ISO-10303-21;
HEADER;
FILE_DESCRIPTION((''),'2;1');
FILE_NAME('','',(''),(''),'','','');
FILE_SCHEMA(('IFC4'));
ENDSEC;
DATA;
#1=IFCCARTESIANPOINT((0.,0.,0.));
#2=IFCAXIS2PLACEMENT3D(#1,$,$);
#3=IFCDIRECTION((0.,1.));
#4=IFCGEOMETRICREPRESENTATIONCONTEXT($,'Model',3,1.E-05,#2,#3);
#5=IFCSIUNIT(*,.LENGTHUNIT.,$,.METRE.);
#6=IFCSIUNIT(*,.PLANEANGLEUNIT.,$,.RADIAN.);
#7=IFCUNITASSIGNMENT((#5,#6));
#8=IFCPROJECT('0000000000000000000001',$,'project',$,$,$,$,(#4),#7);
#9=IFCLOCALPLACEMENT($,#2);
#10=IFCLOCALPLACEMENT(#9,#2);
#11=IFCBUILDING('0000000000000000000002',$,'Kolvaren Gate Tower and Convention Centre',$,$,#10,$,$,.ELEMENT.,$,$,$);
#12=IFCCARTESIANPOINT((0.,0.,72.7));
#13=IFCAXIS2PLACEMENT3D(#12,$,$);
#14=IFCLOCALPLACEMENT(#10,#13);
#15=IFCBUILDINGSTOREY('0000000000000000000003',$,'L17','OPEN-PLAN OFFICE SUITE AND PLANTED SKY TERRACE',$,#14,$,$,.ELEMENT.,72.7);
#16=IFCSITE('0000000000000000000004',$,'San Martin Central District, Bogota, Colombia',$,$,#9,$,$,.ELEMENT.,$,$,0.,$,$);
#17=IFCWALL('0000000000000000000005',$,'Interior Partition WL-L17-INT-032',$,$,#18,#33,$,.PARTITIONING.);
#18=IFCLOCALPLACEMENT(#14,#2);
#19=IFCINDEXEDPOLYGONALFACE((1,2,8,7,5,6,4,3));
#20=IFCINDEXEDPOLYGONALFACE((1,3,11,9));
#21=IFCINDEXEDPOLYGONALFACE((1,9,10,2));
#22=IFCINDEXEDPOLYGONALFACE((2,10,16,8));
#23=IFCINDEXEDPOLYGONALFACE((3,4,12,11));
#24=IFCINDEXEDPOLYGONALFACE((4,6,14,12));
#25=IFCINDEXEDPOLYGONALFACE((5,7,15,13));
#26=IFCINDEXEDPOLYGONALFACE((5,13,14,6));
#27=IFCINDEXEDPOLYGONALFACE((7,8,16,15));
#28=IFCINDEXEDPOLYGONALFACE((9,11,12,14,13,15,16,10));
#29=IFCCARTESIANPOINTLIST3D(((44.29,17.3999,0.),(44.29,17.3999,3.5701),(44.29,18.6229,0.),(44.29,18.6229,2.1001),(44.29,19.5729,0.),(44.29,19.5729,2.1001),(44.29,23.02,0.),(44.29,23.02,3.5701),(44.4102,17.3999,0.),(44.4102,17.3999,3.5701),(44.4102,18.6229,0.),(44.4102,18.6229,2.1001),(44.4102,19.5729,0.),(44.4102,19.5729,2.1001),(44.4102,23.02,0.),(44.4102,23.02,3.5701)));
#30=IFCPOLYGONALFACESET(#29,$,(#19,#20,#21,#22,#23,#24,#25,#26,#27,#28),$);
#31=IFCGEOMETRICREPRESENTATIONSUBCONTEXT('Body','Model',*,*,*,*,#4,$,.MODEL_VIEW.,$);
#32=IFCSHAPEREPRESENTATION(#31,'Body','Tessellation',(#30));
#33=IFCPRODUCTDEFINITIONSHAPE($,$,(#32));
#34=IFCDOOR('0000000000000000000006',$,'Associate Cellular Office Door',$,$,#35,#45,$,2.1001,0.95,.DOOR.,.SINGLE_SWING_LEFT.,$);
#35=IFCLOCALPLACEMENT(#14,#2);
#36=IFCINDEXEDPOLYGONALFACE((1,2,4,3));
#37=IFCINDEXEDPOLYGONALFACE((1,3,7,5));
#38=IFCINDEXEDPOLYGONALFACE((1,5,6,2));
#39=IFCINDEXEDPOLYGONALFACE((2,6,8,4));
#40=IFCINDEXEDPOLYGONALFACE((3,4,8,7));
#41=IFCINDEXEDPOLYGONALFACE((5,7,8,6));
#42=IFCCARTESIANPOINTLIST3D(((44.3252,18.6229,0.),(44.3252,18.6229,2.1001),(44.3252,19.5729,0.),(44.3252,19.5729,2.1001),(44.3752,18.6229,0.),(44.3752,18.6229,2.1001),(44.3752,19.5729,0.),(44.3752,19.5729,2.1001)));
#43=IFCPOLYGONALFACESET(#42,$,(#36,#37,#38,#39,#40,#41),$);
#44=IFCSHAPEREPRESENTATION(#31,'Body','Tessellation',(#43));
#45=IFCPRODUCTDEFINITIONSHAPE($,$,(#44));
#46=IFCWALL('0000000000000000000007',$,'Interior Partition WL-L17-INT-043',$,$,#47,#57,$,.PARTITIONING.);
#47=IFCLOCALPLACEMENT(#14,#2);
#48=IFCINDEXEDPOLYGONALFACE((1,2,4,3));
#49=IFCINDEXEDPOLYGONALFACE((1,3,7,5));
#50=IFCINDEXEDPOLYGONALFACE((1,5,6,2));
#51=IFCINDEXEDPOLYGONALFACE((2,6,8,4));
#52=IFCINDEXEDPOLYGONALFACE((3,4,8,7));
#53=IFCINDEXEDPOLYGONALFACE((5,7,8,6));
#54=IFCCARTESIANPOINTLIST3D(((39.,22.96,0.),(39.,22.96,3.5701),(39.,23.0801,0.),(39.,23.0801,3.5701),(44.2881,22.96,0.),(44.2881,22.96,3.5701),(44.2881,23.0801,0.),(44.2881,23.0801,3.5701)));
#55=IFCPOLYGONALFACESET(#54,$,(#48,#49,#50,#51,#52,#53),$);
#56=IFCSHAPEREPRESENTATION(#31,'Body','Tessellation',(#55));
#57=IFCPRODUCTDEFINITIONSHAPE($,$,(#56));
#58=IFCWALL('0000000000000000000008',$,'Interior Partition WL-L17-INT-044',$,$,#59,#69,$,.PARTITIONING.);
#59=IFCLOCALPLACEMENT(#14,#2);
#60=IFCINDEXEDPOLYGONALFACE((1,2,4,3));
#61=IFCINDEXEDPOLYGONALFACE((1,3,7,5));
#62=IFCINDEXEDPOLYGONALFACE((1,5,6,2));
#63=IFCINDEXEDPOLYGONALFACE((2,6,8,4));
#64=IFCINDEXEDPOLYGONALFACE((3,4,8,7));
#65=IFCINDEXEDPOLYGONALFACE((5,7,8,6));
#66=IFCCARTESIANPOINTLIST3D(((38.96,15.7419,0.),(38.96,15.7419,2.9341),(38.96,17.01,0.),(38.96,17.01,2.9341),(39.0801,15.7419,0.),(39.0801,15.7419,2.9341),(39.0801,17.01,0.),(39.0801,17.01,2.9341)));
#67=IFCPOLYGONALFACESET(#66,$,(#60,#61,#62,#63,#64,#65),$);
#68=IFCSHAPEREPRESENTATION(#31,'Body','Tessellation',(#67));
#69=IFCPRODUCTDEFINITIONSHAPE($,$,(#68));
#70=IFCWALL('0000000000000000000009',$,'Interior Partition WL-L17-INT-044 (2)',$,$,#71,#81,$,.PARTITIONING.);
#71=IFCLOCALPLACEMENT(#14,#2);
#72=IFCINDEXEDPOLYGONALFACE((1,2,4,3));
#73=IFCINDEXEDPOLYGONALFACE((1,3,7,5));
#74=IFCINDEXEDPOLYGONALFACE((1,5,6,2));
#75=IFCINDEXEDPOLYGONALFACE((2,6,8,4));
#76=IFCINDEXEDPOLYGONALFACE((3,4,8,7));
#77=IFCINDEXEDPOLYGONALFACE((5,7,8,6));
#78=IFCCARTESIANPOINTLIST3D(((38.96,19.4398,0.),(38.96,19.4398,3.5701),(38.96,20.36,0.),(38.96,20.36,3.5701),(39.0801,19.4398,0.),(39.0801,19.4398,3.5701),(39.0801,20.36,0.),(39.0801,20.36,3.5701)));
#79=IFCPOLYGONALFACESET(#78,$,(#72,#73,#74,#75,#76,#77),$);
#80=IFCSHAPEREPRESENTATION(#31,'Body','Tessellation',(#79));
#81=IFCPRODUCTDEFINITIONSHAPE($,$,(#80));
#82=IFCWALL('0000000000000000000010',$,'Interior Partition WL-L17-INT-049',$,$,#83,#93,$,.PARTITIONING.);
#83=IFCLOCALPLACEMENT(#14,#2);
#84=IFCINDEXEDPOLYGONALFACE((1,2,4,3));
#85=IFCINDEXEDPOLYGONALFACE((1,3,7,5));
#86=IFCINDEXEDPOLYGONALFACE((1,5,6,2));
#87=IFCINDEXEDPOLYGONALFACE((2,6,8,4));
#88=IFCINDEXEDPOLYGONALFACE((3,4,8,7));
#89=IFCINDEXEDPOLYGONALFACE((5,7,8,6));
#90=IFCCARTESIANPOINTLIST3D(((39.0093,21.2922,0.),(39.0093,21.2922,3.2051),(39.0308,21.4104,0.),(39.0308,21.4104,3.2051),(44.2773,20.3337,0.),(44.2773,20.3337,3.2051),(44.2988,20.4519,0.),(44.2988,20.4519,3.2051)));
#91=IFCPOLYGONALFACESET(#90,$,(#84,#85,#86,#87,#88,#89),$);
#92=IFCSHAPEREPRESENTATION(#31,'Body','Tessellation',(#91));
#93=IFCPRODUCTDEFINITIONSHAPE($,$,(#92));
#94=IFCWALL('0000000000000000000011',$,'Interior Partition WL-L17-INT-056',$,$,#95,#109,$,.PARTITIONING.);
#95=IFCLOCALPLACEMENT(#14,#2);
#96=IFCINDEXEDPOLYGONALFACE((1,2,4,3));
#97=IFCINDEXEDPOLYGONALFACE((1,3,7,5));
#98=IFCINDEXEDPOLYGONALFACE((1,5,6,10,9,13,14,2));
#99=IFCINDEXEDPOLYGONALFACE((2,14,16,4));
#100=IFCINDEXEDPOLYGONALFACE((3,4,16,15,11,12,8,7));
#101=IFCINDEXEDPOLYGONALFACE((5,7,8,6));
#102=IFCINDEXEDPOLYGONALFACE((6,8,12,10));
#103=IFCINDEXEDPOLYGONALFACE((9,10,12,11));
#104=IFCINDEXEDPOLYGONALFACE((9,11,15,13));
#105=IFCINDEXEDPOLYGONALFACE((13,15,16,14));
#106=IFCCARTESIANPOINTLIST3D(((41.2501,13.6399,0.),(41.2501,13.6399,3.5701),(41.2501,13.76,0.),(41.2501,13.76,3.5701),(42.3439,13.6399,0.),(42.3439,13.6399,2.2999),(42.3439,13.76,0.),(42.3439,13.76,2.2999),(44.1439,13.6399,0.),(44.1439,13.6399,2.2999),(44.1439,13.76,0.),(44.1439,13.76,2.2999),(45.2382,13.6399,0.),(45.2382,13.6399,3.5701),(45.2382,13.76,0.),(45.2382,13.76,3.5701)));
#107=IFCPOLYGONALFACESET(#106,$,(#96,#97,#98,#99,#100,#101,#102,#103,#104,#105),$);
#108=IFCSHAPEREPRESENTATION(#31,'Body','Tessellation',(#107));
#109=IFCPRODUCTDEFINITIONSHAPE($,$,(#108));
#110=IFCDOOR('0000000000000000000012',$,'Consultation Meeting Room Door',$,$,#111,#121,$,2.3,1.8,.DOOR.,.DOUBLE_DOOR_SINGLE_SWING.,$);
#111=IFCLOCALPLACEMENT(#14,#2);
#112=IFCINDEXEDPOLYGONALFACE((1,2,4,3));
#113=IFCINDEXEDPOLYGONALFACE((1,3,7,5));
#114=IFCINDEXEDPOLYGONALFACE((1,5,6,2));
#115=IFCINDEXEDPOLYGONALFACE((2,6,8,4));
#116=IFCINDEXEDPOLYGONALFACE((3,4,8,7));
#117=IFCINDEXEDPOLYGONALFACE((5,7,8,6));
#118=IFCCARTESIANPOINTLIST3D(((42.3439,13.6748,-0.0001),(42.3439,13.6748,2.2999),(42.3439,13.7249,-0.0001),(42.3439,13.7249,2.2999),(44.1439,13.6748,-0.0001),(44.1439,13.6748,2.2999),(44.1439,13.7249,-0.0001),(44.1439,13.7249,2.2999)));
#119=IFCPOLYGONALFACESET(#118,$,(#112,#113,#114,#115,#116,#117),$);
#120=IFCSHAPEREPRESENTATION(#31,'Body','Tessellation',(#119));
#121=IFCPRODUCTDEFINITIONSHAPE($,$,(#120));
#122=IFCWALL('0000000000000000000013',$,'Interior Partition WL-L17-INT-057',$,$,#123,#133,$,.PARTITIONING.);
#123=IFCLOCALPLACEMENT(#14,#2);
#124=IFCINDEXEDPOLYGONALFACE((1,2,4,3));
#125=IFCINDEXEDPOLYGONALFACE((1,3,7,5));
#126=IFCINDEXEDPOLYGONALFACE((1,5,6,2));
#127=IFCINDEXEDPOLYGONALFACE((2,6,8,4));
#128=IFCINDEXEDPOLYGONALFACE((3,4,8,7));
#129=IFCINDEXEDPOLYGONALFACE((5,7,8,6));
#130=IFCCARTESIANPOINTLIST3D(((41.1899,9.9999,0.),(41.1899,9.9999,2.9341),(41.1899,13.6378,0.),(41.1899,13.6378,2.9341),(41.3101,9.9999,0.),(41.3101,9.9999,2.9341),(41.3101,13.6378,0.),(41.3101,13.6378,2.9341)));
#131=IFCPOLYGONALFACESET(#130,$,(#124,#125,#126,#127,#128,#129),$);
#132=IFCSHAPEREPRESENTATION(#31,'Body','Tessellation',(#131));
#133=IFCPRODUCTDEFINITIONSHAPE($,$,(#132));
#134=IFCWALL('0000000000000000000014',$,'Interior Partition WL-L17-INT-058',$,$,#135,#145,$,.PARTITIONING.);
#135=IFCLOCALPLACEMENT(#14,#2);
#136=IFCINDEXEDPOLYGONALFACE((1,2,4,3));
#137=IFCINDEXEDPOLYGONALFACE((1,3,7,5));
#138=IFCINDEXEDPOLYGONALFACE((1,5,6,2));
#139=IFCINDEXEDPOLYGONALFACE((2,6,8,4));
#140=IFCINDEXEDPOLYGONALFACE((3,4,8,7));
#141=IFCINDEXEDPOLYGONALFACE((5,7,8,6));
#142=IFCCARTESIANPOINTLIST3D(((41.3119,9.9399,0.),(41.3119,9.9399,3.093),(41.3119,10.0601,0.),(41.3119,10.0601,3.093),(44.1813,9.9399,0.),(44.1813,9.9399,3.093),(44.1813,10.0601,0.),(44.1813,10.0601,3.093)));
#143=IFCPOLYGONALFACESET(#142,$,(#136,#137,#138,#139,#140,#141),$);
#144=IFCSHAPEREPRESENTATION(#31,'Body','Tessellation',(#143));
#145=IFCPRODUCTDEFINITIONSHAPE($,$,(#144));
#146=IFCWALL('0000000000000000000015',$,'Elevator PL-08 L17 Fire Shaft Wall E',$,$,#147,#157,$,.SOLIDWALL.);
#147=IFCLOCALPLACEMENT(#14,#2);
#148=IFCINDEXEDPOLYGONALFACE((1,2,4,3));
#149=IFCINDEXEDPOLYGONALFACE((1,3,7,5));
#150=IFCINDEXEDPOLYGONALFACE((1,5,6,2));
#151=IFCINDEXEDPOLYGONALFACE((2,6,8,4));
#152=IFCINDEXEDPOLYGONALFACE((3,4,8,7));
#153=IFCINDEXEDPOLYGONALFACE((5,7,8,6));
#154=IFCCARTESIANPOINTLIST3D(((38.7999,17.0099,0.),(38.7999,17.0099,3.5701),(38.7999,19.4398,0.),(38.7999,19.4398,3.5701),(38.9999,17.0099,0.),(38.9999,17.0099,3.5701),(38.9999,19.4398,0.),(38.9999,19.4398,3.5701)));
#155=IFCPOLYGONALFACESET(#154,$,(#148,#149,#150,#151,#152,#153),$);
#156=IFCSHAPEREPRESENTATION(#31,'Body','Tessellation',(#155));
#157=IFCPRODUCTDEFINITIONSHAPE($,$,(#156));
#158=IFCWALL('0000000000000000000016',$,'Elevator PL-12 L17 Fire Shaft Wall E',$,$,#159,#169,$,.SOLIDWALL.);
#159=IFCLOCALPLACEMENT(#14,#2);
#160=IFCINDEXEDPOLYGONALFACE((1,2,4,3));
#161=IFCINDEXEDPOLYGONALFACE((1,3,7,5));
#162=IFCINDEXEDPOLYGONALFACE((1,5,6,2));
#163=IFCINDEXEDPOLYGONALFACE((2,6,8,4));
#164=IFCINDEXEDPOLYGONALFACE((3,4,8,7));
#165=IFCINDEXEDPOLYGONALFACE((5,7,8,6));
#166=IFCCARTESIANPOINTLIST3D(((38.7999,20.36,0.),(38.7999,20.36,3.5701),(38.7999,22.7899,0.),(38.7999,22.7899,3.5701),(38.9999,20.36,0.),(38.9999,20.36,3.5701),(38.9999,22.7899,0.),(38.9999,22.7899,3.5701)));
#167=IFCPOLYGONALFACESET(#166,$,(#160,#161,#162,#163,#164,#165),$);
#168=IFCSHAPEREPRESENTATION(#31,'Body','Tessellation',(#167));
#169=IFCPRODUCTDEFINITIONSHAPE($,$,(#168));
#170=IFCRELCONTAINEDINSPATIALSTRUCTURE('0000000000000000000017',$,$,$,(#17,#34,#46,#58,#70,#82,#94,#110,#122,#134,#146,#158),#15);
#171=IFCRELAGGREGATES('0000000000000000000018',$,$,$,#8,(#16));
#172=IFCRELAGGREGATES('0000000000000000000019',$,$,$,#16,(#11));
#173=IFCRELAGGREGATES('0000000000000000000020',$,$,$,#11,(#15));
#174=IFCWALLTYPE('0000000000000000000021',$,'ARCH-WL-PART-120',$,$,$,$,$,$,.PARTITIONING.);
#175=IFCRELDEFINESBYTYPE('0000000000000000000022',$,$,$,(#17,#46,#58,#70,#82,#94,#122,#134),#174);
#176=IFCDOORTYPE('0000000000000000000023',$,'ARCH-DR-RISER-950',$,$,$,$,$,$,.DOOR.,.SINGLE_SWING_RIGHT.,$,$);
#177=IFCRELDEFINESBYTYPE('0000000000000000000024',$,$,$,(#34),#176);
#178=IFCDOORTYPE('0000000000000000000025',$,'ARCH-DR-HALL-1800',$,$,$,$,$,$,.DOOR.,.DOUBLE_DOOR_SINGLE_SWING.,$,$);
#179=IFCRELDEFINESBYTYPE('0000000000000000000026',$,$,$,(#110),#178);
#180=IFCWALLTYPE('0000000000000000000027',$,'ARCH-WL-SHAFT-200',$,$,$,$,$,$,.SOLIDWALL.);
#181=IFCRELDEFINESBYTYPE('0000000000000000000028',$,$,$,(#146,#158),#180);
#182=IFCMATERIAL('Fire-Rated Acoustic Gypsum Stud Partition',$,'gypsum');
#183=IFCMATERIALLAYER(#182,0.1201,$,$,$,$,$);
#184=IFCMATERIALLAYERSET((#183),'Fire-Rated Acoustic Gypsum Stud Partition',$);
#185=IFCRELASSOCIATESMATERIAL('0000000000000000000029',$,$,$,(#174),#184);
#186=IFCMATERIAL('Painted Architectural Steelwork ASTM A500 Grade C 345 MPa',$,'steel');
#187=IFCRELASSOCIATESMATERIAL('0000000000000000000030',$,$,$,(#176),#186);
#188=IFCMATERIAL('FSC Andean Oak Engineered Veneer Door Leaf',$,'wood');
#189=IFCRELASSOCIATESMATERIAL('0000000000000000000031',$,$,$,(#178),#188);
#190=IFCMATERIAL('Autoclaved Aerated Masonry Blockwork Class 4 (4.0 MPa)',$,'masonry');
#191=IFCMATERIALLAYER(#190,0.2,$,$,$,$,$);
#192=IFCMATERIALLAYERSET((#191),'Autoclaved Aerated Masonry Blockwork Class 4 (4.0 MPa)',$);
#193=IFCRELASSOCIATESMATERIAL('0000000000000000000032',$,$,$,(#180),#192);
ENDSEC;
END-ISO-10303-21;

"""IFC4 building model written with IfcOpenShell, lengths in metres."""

from ifc_helpers import new_model, si_unit, direction, frame, frame_2d, origin, place, context, subcontext, project, spatial, rectangle, extrude, material, layer, layer_set, type_object, element, fill, save


model = new_model("IFC4")

# Units and contexts
model_context = context("Model", 3, precision=1e-05, world=origin(), true_north=direction((0.0, 1.0)))
body_context = subcontext(model_context, "Body", "Model", "MODEL_VIEW")
ifc_project = project(units=[si_unit("LENGTHUNIT", "METRE"), si_unit("PLANEANGLEUNIT", "RADIAN")], contexts=[model_context])

# Site, building, storey
site_placement = place(None, origin())
site = spatial("IfcSite", under=ifc_project, at=site_placement, Name="San Martin Central District, Bogota, Colombia", CompositionType="ELEMENT", RefElevation=0.0)
building_placement = place(site_placement, origin())
building = spatial("IfcBuilding", under=site, at=building_placement, Name="Kolvaren Gate Tower and Convention Centre", CompositionType="ELEMENT")
storey_placement = place(building_placement, frame((0.0, 0.0, 72.7)))
storey = spatial("IfcBuildingStorey", under=building, at=storey_placement, Name="L17", Description="OPEN-PLAN OFFICE SUITE AND PLANTED SKY TERRACE", CompositionType="ELEMENT", Elevation=72.7)

# Wall, opening, door
ifc_material_1 = material(Name="Fire-Rated Acoustic Gypsum Stud Partition", Category="gypsum")
ifc_layer_1 = layer(ifc_material_1, 0.1201)
ifc_layer_set_1 = layer_set([ifc_layer_1], Name="Fire-Rated Acoustic Gypsum Stud Partition")
wall_type_1 = type_object("IfcWallType", Name="ARCH-WL-PART-120", PredefinedType="PARTITIONING", material=ifc_layer_set_1)
wall_1_placement = place(storey_placement, frame((44.3501, 17.3999, 0.0), z_axis=(0.0, 0.0, 1.0), x_axis=(0.0, 1.0, 0.0)))
wall_1 = element("IfcWall", 1, at=wall_1_placement, inside=storey, type_object=wall_type_1, Name="Interior Partition WL-L17-INT-032", PredefinedType="PARTITIONING", context=body_context, shape_type="SweptSolid", body=[
    extrude(rectangle(XDim=5.6201, YDim=0.1201, at=frame_2d((2.8101, 0.0))), origin(), (0.0, 0.0, 1.0), 3.5701),
])
opening_1_placement = place(wall_1_placement, frame((1.2229, 0.0, 0.0)))
opening_1 = element("IfcOpeningElement", 2, at=opening_1_placement, cuts=wall_1, PredefinedType="OPENING", context=body_context, shape_type="SweptSolid", body=[
    extrude(rectangle(XDim=0.95, YDim=2.1001, at=frame_2d((0.4751, 1.05))), frame((0.0, 0.0701, 0.0), z_axis=(0.0, -1.0, 0.0), x_axis=(1.0, 0.0, 0.0)), (0.0, 0.0, 1.0), 0.1401),
])
ifc_material_2 = material(Name="Painted Architectural Steelwork ASTM A500 Grade C 345 MPa", Category="steel")
door_type_1 = type_object("IfcDoorType", Name="ARCH-DR-RISER-950", OperationType="SINGLE_SWING_RIGHT", PredefinedType="DOOR", material=ifc_material_2)
door_1_placement = place(opening_1_placement, origin())
door_1 = element("IfcDoor", 3, at=door_1_placement, inside=storey, type_object=door_type_1, Name="Associate Cellular Office Door", OperationType="SINGLE_SWING_LEFT", OverallHeight=2.1001, OverallWidth=0.95, PredefinedType="DOOR", context=body_context, shape_type="SweptSolid", body=[
    extrude(rectangle(XDim=0.95, YDim=2.1001, at=frame_2d((0.4751, 1.05))), frame((0.0, 0.0249, 0.0), z_axis=(0.0, -1.0, 0.0), x_axis=(1.0, 0.0, 0.0)), (0.0, 0.0, 1.0), 0.05),
])
fill(opening_1, door_1)

# Walls
wall_2_placement = place(storey_placement, frame((39.0, 23.02, 0.0), z_axis=(0.0, 0.0, 1.0), x_axis=(1.0, 0.0, 0.0)))
element("IfcWall", 4, at=wall_2_placement, inside=storey, type_object=wall_type_1, Name="Interior Partition WL-L17-INT-043", PredefinedType="PARTITIONING", context=body_context, shape_type="SweptSolid", body=[
    extrude(rectangle(XDim=5.2881, YDim=0.1201, at=frame_2d((2.644, 0.0))), origin(), (0.0, 0.0, 1.0), 3.5701),
])
wall_3_placement = place(storey_placement, frame((39.02, 15.7419, 0.0), z_axis=(0.0, 0.0, 1.0), x_axis=(0.0, 1.0, 0.0)))
element("IfcWall", 5, at=wall_3_placement, inside=storey, type_object=wall_type_1, Name="Interior Partition WL-L17-INT-044", PredefinedType="PARTITIONING", context=body_context, shape_type="SweptSolid", body=[
    extrude(rectangle(XDim=1.2681, YDim=0.1201, at=frame_2d((0.634, 0.0))), origin(), (0.0, 0.0, 1.0), 2.9341),
])
wall_4_placement = place(storey_placement, frame((39.02, 19.4399, 0.0), z_axis=(0.0, 0.0, 1.0), x_axis=(0.0, 1.0, 0.0)))
element("IfcWall", 6, at=wall_4_placement, inside=storey, type_object=wall_type_1, Name="Interior Partition WL-L17-INT-044 (2)", PredefinedType="PARTITIONING", context=body_context, shape_type="SweptSolid", body=[
    extrude(rectangle(XDim=0.9202, YDim=0.1201, at=frame_2d((0.46, 0.0))), origin(), (0.0, 0.0, 1.0), 3.5701),
])
wall_5_placement = place(storey_placement, frame((39.02, 21.3513, 0.0), z_axis=(0.0, 0.0, 1.0), x_axis=(0.983848, -0.179006, 0.0)))
element("IfcWall", 7, at=wall_5_placement, inside=storey, type_object=wall_type_1, Name="Interior Partition WL-L17-INT-049", PredefinedType="PARTITIONING", context=body_context, shape_type="SweptSolid", body=[
    extrude(rectangle(XDim=5.3545, YDim=0.1201, at=frame_2d((2.6772, 0.0))), origin(), (0.0, 0.0, 1.0), 3.2051),
])

# Wall, opening, door
wall_6_placement = place(storey_placement, frame((41.25, 13.7, 0.0), z_axis=(0.0, 0.0, 1.0), x_axis=(1.0, 0.0, 0.0)))
wall_6 = element("IfcWall", 8, at=wall_6_placement, inside=storey, type_object=wall_type_1, Name="Interior Partition WL-L17-INT-056", PredefinedType="PARTITIONING", context=body_context, shape_type="SweptSolid", body=[
    extrude(rectangle(XDim=3.988, YDim=0.1201, at=frame_2d((1.9941, 0.0))), origin(), (0.0, 0.0, 1.0), 3.5701),
])
opening_2_placement = place(wall_6_placement, frame((1.094, 0.0, 0.0)))
opening_2 = element("IfcOpeningElement", 9, at=opening_2_placement, cuts=wall_6, PredefinedType="OPENING", context=body_context, shape_type="SweptSolid", body=[
    extrude(rectangle(XDim=1.8, YDim=2.3, at=frame_2d((0.8999, 1.1499))), frame((0.0, 0.0701, 0.0), z_axis=(0.0, -1.0, 0.0), x_axis=(1.0, 0.0, 0.0)), (0.0, 0.0, 1.0), 0.1401),
])
ifc_material_3 = material(Name="FSC Andean Oak Engineered Veneer Door Leaf", Category="wood")
door_type_2 = type_object("IfcDoorType", Name="ARCH-DR-HALL-1800", OperationType="DOUBLE_DOOR_SINGLE_SWING", PredefinedType="DOOR", material=ifc_material_3)
door_2_placement = place(opening_2_placement, origin())
door_2 = element("IfcDoor", 10, at=door_2_placement, inside=storey, type_object=door_type_2, Name="Consultation Meeting Room Door", OperationType="DOUBLE_DOOR_SINGLE_SWING", OverallHeight=2.3, OverallWidth=1.8, PredefinedType="DOOR", context=body_context, shape_type="SweptSolid", body=[
    extrude(rectangle(XDim=1.8, YDim=2.3, at=frame_2d((0.8999, 1.1499))), frame((0.0, 0.0249, 0.0), z_axis=(0.0, -1.0, 0.0), x_axis=(1.0, 0.0, 0.0)), (0.0, 0.0, 1.0), 0.05),
])
fill(opening_2, door_2)

# Walls
wall_7_placement = place(storey_placement, frame((41.25, 10.0, 0.0), z_axis=(0.0, 0.0, 1.0), x_axis=(0.0, 1.0, 0.0)))
element("IfcWall", 11, at=wall_7_placement, inside=storey, type_object=wall_type_1, Name="Interior Partition WL-L17-INT-057", PredefinedType="PARTITIONING", context=body_context, shape_type="SweptSolid", body=[
    extrude(rectangle(XDim=3.6379, YDim=0.1201, at=frame_2d((1.8188, 0.0))), origin(), (0.0, 0.0, 1.0), 2.9341),
])
wall_8_placement = place(storey_placement, frame((41.312, 10.0, 0.0), z_axis=(0.0, 0.0, 1.0), x_axis=(1.0, 0.0, 0.0)))
element("IfcWall", 12, at=wall_8_placement, inside=storey, type_object=wall_type_1, Name="Interior Partition WL-L17-INT-058", PredefinedType="PARTITIONING", context=body_context, shape_type="SweptSolid", body=[
    extrude(rectangle(XDim=2.8694, YDim=0.1201, at=frame_2d((1.4346, 0.0))), origin(), (0.0, 0.0, 1.0), 3.093),
])
ifc_material_4 = material(Name="Autoclaved Aerated Masonry Blockwork Class 4 (4.0 MPa)", Category="masonry")
ifc_layer_2 = layer(ifc_material_4, 0.2)
ifc_layer_set_2 = layer_set([ifc_layer_2], Name="Autoclaved Aerated Masonry Blockwork Class 4 (4.0 MPa)")
wall_type_2 = type_object("IfcWallType", Name="ARCH-WL-SHAFT-200", PredefinedType="SOLIDWALL", material=ifc_layer_set_2)
for number, where, z_axis, x_axis, name in (
    (13, (38.8999, 17.01, 0.0), (0.0, 0.0, 1.0), (0.0, 1.0, 0.0), "Elevator PL-08 L17 Fire Shaft Wall E"),
    (14, (38.8999, 20.3601, 0.0), (0.0, 0.0, 1.0), (0.0, 1.0, 0.0), "Elevator PL-12 L17 Fire Shaft Wall E"),
):
    element("IfcWall", number, at=place(storey_placement, frame(where, z_axis=z_axis, x_axis=x_axis)), inside=storey, type_object=wall_type_2, Name=name, PredefinedType="SOLIDWALL", context=body_context, shape_type="SweptSolid", body=[
        extrude(rectangle(XDim=2.4299, YDim=0.2, at=frame_2d((1.2148, 0.0))), origin(), (0.0, 0.0, 1.0), 3.5701),
    ])

save(model, "model.ifc")
